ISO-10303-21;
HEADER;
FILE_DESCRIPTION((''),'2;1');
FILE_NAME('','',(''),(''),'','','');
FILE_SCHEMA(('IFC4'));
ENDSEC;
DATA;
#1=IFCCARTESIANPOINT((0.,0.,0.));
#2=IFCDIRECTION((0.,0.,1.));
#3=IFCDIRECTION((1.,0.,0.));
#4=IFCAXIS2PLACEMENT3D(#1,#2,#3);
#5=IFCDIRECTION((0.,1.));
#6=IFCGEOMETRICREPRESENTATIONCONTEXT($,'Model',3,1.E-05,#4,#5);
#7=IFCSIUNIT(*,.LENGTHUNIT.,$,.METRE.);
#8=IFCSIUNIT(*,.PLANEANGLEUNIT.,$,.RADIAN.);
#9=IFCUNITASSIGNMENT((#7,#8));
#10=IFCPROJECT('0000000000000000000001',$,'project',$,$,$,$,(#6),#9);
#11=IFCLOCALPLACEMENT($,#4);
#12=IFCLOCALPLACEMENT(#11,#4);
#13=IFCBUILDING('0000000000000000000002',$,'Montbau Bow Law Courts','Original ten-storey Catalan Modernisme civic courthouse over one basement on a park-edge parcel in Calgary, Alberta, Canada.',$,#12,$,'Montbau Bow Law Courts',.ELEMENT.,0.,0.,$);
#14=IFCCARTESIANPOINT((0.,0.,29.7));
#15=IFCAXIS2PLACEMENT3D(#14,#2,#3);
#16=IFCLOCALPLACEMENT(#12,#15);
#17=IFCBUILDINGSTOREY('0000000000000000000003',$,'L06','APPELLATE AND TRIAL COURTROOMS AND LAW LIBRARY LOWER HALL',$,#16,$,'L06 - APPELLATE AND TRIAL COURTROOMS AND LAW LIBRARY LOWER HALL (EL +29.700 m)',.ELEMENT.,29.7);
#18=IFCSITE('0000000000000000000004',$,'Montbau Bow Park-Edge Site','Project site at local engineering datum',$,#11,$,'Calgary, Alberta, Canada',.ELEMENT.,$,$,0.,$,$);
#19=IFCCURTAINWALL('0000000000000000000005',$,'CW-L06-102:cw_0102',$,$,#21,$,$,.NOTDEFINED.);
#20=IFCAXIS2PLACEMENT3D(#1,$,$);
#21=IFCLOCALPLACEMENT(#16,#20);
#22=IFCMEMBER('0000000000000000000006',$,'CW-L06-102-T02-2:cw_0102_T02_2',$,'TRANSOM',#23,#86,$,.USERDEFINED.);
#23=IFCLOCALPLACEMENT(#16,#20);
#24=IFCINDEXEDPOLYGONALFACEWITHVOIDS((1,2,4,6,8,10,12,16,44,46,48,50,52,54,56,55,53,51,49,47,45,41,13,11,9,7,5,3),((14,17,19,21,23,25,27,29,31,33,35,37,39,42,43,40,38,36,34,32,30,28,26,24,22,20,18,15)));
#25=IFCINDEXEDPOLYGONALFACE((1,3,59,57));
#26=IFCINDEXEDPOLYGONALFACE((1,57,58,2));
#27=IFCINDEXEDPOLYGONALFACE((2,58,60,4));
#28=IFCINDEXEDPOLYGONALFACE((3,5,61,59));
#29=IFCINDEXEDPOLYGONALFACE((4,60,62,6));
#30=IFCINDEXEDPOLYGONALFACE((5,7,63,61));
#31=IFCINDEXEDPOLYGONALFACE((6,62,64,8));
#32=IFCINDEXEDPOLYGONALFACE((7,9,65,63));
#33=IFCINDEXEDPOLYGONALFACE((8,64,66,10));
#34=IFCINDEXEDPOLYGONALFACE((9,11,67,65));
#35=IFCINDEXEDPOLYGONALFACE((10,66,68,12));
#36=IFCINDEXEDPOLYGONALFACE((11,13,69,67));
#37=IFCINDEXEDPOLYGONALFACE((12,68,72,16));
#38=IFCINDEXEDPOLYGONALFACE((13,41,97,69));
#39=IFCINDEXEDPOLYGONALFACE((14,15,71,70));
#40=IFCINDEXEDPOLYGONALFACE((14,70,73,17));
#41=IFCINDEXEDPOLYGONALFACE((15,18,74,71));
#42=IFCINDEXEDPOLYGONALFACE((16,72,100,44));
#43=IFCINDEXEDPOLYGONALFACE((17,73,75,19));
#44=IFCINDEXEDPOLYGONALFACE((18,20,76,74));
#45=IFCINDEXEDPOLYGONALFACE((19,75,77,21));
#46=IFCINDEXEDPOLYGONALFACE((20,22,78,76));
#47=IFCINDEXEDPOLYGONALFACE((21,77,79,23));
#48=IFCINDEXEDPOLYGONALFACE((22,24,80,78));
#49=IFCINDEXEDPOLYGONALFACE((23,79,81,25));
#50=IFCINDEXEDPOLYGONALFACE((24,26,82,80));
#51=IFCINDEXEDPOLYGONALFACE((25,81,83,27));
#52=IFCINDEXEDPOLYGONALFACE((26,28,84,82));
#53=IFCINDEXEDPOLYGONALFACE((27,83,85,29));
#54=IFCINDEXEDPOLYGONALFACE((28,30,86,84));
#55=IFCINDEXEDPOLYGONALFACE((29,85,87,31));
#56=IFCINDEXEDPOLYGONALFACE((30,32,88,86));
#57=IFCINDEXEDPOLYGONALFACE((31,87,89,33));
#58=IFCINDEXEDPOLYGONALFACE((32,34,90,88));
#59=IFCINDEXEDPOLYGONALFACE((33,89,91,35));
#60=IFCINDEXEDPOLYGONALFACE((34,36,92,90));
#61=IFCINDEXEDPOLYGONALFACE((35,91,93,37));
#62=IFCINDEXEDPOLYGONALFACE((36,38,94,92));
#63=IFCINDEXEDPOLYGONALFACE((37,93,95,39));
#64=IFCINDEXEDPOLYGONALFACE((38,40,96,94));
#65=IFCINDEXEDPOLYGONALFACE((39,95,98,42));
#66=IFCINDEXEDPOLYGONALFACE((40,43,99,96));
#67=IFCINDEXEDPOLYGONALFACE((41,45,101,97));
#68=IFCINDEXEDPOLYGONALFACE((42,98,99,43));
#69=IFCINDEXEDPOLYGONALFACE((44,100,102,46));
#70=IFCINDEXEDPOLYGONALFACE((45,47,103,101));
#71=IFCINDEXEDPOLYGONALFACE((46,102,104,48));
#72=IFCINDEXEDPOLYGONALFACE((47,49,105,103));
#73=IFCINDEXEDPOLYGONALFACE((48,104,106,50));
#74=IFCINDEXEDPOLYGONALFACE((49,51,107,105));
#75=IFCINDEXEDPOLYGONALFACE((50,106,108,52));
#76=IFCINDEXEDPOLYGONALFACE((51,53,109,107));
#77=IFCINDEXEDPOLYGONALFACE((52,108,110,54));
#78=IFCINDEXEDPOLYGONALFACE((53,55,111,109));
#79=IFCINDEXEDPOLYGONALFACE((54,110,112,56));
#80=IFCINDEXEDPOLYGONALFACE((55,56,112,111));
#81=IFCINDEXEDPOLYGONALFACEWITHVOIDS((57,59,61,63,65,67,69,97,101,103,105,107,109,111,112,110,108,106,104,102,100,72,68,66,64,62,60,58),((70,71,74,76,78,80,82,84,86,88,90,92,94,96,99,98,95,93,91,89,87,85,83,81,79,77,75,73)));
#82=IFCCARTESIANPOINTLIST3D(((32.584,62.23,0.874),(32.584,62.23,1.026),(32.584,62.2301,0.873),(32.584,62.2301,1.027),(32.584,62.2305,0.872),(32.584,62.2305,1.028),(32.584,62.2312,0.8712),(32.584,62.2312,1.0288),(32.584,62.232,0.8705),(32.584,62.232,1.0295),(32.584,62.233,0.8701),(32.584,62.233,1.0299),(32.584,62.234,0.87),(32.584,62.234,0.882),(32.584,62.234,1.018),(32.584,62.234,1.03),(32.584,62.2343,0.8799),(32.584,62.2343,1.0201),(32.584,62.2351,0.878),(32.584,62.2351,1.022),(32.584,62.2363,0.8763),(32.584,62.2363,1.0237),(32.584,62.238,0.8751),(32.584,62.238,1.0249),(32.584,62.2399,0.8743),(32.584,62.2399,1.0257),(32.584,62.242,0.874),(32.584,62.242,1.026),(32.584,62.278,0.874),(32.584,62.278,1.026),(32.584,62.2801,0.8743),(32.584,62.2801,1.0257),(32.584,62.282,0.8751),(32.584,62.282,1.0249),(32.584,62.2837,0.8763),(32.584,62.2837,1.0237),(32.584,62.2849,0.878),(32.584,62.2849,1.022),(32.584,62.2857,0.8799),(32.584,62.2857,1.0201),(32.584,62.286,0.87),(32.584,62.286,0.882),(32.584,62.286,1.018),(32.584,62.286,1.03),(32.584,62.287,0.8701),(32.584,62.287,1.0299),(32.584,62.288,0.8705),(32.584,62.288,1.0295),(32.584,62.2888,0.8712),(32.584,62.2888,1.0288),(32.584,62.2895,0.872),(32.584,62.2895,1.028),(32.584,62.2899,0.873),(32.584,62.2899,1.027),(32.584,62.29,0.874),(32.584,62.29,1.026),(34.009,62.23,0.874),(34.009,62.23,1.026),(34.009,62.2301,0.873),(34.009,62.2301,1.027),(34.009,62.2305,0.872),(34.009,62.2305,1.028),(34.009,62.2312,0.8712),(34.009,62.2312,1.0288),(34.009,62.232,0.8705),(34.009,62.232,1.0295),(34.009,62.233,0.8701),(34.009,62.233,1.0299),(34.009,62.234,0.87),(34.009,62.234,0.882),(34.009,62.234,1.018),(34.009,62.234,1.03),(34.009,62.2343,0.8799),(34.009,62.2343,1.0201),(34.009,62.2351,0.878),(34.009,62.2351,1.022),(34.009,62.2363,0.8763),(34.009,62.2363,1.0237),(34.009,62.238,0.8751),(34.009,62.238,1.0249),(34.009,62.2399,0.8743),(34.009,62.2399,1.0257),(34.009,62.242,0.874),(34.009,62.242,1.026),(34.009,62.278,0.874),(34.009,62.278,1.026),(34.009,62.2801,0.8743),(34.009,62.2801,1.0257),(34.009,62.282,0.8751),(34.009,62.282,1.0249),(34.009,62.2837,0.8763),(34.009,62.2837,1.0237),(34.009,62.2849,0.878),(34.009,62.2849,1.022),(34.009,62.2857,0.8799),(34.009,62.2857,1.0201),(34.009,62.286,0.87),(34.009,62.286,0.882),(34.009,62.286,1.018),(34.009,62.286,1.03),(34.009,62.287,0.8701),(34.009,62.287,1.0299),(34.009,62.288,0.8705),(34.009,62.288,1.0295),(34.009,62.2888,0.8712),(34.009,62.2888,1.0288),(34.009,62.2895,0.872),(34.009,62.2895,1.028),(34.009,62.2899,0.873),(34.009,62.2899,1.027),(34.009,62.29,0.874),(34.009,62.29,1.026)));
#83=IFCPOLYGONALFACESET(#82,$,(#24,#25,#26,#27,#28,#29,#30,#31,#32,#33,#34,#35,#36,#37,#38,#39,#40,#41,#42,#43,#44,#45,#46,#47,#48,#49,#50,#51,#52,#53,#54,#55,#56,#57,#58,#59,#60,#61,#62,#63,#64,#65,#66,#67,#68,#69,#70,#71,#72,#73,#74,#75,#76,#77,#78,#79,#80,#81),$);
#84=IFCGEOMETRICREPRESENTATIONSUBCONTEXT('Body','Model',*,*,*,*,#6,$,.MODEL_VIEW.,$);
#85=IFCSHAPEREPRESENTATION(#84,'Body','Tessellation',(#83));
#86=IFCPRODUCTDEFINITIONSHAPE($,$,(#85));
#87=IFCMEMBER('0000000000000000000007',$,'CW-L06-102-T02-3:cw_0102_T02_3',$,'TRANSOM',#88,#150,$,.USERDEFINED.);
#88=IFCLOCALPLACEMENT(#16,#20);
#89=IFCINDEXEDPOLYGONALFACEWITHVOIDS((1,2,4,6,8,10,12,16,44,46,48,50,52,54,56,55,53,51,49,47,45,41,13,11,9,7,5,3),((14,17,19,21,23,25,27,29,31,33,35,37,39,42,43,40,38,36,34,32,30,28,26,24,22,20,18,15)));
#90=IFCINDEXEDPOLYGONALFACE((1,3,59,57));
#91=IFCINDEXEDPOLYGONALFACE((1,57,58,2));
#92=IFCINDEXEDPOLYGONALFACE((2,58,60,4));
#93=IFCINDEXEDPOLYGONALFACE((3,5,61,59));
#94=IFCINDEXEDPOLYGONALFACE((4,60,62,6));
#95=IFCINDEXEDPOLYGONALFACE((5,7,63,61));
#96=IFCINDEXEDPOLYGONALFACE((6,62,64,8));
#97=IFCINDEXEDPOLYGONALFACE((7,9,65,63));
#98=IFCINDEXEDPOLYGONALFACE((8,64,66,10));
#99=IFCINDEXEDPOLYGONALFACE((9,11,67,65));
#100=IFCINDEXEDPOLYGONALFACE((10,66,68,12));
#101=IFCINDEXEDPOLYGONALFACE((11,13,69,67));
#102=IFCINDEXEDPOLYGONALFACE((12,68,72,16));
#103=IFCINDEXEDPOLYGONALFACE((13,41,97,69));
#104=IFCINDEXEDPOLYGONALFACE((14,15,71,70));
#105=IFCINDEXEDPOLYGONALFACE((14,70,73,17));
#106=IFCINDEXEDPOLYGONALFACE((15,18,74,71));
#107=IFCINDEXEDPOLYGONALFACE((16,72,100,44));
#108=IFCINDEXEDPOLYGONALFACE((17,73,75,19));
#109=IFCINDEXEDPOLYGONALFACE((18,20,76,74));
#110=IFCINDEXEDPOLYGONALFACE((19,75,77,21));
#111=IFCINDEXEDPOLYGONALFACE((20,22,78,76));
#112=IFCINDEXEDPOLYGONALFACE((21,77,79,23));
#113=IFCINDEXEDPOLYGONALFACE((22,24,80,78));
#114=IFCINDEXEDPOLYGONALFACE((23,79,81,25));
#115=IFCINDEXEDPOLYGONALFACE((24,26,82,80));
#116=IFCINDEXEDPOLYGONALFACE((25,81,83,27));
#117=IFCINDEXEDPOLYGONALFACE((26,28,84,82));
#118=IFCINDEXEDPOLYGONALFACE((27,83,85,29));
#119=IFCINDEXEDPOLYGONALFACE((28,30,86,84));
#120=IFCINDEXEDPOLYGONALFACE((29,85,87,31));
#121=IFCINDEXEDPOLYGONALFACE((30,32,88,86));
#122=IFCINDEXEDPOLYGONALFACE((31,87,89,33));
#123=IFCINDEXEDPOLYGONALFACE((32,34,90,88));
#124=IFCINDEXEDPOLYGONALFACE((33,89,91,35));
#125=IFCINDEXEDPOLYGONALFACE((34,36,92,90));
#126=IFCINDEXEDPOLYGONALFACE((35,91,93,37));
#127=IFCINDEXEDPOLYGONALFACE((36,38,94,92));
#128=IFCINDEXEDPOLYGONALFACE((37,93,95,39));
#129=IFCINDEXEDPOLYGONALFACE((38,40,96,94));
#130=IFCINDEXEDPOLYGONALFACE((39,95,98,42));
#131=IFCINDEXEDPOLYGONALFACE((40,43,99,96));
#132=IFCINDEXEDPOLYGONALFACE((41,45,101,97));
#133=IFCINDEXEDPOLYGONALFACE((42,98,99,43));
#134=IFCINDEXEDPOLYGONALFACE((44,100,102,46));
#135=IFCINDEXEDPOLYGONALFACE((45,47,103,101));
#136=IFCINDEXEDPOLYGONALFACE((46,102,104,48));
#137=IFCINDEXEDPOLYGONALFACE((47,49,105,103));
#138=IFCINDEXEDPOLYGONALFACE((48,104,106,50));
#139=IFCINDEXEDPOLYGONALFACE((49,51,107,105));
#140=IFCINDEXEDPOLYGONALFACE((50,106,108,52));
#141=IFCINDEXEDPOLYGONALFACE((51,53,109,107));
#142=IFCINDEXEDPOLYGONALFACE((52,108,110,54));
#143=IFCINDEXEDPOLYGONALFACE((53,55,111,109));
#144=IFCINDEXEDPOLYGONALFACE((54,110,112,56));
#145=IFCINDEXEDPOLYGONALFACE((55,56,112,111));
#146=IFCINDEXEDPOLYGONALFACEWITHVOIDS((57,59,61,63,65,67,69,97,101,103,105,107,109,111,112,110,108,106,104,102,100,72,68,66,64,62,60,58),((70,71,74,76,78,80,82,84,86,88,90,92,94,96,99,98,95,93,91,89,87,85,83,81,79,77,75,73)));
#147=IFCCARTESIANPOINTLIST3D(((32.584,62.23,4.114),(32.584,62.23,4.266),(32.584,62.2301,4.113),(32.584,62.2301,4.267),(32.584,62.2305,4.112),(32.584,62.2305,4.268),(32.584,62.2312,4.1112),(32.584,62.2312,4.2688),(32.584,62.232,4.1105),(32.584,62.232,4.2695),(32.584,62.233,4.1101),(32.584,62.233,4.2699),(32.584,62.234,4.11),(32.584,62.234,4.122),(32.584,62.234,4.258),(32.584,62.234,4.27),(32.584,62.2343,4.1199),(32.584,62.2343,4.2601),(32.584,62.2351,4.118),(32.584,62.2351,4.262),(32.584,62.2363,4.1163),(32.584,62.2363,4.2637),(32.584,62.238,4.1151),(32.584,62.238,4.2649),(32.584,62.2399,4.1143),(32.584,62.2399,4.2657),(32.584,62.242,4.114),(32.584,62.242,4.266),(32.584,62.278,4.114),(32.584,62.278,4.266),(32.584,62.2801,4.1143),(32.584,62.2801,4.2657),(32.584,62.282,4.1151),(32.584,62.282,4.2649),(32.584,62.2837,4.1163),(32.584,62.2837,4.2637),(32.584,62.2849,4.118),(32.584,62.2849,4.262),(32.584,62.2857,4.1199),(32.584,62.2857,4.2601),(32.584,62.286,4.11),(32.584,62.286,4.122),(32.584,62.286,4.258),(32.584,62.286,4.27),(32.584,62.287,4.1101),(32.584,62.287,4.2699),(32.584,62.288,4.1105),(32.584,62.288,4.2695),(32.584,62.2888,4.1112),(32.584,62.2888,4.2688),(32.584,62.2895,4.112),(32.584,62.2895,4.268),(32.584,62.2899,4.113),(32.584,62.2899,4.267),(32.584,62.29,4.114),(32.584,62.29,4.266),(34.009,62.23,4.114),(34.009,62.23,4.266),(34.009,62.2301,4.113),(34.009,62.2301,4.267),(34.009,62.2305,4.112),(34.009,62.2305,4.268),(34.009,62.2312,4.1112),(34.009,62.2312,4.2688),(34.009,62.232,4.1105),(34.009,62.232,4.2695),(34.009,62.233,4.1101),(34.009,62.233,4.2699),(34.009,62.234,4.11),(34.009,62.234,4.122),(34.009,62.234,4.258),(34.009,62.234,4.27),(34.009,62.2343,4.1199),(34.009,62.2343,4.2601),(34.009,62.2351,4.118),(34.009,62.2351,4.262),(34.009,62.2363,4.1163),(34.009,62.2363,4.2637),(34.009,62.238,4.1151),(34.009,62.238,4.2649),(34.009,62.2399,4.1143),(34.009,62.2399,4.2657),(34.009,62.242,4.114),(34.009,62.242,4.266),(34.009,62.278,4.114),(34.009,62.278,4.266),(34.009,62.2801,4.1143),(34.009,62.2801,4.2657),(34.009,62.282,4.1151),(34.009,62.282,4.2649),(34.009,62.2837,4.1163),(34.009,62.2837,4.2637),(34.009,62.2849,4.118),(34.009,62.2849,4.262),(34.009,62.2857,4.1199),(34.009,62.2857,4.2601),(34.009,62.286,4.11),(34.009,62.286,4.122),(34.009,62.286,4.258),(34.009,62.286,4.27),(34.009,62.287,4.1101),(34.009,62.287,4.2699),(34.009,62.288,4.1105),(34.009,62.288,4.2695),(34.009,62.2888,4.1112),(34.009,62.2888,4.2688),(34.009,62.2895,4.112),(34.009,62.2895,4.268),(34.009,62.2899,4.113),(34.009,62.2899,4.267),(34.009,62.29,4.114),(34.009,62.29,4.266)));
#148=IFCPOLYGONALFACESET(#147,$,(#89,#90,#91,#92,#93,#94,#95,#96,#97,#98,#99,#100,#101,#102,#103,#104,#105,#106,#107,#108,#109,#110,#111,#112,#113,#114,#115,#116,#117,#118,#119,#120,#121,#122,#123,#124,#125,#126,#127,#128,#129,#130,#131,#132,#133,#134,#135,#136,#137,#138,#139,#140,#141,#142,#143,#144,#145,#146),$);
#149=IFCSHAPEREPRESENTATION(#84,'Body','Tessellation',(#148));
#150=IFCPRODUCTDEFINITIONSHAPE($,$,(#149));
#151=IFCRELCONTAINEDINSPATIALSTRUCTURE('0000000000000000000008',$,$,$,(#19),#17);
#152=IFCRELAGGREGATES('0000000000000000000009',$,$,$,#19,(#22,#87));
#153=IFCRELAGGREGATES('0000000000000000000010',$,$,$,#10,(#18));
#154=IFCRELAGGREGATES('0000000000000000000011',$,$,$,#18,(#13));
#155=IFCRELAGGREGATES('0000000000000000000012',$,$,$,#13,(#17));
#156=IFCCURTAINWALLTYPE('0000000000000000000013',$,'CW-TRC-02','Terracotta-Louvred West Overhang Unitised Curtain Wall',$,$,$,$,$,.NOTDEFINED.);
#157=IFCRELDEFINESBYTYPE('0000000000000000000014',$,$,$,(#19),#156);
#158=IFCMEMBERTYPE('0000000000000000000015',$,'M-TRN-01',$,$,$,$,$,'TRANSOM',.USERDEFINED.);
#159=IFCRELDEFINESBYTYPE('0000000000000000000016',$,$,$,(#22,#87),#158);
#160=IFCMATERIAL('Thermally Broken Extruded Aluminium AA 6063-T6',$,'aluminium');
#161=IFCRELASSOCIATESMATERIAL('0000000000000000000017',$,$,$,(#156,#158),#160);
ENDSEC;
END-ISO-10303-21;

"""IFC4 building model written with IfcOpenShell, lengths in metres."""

from ifc_helpers import new_model, si_unit, direction, frame, origin_with_axes, origin_2d_with_axis, place, context, subcontext, project, spatial, hollow_rectangle, extrude, material, material_profile, profile_set, type_object, element, aggregate, save


model = new_model("IFC4")

# Units and contexts
model_context = context("Model", 3, precision=1e-05, world=origin_with_axes(), true_north=direction((0.0, 1.0)))
body_context = subcontext(model_context, "Body", "Model", "MODEL_VIEW")
ifc_project = project(units=[si_unit("LENGTHUNIT", "METRE"), si_unit("PLANEANGLEUNIT", "RADIAN")], contexts=[model_context])

# Site, building, storey
site_placement = place(None, origin_with_axes())
site = spatial("IfcSite", under=ifc_project, at=site_placement, Name="Montbau Bow Park-Edge Site", Description="Project site at local engineering datum", LongName="Calgary, Alberta, Canada", CompositionType="ELEMENT", RefElevation=0.0)
building_placement = place(site_placement, origin_with_axes())
building = spatial("IfcBuilding", under=site, at=building_placement, Name="Montbau Bow Law Courts", Description="Original ten-storey Catalan Modernisme civic courthouse over one basement on a park-edge parcel in Calgary, Alberta, Canada.", LongName="Montbau Bow Law Courts", CompositionType="ELEMENT", ElevationOfRefHeight=0.0, ElevationOfTerrain=0.0)
storey_placement = place(building_placement, frame((0.0, 0.0, 29.7), z_axis=(0.0, 0.0, 1.0), x_axis=(1.0, 0.0, 0.0)))
storey = spatial("IfcBuildingStorey", under=building, at=storey_placement, Name="L06", Description="APPELLATE AND TRIAL COURTROOMS AND LAW LIBRARY LOWER HALL", LongName="L06 - APPELLATE AND TRIAL COURTROOMS AND LAW LIBRARY LOWER HALL (EL +29.700 m)", CompositionType="ELEMENT", Elevation=29.7)

# Curtain wall
ifc_material_1 = material(Name="Thermally Broken Extruded Aluminium AA 6063-T6", Category="aluminium")
curtain_wall_type = type_object("IfcCurtainWallType", Name="CW-TRC-02", Description="Terracotta-Louvred West Overhang Unitised Curtain Wall", PredefinedType="NOTDEFINED", material=ifc_material_1)
curtain_wall_1_placement = place(None, frame((31.04, 62.26, 29.7), z_axis=(0.0, 0.0, 1.0), x_axis=(1.0, 0.0, 0.0)))
curtain_wall_1 = element("IfcCurtainWall", 1, at=curtain_wall_1_placement, inside=storey, type_object=curtain_wall_type, Name="CW-L06-102:cw_0102", PredefinedType="NOTDEFINED")

# Members
ifc_material_profile_1 = material_profile(ifc_material_1, hollow_rectangle(XDim=0.06, YDim=0.16, WallThickness=0.004, InnerFilletRadius=0.008, OuterFilletRadius=0.004, at=origin_2d_with_axis()), Name="CWT-160X60", Category="Main", Priority=0)
ifc_profile_set_1 = profile_set([ifc_material_profile_1], Name="Thermally Broken Extruded Aluminium AA 6063-T6")
member_type_1 = type_object("IfcMemberType", Name="M-TRN-01", ElementType="TRANSOM", PredefinedType="USERDEFINED", material=ifc_profile_set_1)
member_1_placement = place(None, frame((32.584, 62.26, 30.65), z_axis=(1.0, 0.0, 0.0), x_axis=(0.0, 1.0, 0.0)))
member_1 = element("IfcMember", 2, at=member_1_placement, type_object=member_type_1, Name="CW-L06-102-T02-2:cw_0102_T02_2", ObjectType="TRANSOM", PredefinedType="USERDEFINED", context=body_context, shape_type="SweptSolid", body=[
    extrude(hollow_rectangle(XDim=0.06, YDim=0.16, WallThickness=0.004, InnerFilletRadius=0.008, OuterFilletRadius=0.004, at=origin_2d_with_axis()), origin_with_axes(), (0.0, 0.0, 1.0), 1.425),
])
member_2_placement = place(None, frame((32.584, 62.26, 33.89), z_axis=(1.0, 0.0, 0.0), x_axis=(0.0, 1.0, 0.0)))
member_2 = element("IfcMember", 3, at=member_2_placement, type_object=member_type_1, Name="CW-L06-102-T02-3:cw_0102_T02_3", ObjectType="TRANSOM", PredefinedType="USERDEFINED", context=body_context, shape_type="SweptSolid", body=[
    extrude(hollow_rectangle(XDim=0.06, YDim=0.16, WallThickness=0.004, InnerFilletRadius=0.008, OuterFilletRadius=0.004, at=origin_2d_with_axis()), origin_with_axes(), (0.0, 0.0, 1.0), 1.425),
])

aggregate(curtain_wall_1, [member_1, member_2])

save(model, "model.ifc")
